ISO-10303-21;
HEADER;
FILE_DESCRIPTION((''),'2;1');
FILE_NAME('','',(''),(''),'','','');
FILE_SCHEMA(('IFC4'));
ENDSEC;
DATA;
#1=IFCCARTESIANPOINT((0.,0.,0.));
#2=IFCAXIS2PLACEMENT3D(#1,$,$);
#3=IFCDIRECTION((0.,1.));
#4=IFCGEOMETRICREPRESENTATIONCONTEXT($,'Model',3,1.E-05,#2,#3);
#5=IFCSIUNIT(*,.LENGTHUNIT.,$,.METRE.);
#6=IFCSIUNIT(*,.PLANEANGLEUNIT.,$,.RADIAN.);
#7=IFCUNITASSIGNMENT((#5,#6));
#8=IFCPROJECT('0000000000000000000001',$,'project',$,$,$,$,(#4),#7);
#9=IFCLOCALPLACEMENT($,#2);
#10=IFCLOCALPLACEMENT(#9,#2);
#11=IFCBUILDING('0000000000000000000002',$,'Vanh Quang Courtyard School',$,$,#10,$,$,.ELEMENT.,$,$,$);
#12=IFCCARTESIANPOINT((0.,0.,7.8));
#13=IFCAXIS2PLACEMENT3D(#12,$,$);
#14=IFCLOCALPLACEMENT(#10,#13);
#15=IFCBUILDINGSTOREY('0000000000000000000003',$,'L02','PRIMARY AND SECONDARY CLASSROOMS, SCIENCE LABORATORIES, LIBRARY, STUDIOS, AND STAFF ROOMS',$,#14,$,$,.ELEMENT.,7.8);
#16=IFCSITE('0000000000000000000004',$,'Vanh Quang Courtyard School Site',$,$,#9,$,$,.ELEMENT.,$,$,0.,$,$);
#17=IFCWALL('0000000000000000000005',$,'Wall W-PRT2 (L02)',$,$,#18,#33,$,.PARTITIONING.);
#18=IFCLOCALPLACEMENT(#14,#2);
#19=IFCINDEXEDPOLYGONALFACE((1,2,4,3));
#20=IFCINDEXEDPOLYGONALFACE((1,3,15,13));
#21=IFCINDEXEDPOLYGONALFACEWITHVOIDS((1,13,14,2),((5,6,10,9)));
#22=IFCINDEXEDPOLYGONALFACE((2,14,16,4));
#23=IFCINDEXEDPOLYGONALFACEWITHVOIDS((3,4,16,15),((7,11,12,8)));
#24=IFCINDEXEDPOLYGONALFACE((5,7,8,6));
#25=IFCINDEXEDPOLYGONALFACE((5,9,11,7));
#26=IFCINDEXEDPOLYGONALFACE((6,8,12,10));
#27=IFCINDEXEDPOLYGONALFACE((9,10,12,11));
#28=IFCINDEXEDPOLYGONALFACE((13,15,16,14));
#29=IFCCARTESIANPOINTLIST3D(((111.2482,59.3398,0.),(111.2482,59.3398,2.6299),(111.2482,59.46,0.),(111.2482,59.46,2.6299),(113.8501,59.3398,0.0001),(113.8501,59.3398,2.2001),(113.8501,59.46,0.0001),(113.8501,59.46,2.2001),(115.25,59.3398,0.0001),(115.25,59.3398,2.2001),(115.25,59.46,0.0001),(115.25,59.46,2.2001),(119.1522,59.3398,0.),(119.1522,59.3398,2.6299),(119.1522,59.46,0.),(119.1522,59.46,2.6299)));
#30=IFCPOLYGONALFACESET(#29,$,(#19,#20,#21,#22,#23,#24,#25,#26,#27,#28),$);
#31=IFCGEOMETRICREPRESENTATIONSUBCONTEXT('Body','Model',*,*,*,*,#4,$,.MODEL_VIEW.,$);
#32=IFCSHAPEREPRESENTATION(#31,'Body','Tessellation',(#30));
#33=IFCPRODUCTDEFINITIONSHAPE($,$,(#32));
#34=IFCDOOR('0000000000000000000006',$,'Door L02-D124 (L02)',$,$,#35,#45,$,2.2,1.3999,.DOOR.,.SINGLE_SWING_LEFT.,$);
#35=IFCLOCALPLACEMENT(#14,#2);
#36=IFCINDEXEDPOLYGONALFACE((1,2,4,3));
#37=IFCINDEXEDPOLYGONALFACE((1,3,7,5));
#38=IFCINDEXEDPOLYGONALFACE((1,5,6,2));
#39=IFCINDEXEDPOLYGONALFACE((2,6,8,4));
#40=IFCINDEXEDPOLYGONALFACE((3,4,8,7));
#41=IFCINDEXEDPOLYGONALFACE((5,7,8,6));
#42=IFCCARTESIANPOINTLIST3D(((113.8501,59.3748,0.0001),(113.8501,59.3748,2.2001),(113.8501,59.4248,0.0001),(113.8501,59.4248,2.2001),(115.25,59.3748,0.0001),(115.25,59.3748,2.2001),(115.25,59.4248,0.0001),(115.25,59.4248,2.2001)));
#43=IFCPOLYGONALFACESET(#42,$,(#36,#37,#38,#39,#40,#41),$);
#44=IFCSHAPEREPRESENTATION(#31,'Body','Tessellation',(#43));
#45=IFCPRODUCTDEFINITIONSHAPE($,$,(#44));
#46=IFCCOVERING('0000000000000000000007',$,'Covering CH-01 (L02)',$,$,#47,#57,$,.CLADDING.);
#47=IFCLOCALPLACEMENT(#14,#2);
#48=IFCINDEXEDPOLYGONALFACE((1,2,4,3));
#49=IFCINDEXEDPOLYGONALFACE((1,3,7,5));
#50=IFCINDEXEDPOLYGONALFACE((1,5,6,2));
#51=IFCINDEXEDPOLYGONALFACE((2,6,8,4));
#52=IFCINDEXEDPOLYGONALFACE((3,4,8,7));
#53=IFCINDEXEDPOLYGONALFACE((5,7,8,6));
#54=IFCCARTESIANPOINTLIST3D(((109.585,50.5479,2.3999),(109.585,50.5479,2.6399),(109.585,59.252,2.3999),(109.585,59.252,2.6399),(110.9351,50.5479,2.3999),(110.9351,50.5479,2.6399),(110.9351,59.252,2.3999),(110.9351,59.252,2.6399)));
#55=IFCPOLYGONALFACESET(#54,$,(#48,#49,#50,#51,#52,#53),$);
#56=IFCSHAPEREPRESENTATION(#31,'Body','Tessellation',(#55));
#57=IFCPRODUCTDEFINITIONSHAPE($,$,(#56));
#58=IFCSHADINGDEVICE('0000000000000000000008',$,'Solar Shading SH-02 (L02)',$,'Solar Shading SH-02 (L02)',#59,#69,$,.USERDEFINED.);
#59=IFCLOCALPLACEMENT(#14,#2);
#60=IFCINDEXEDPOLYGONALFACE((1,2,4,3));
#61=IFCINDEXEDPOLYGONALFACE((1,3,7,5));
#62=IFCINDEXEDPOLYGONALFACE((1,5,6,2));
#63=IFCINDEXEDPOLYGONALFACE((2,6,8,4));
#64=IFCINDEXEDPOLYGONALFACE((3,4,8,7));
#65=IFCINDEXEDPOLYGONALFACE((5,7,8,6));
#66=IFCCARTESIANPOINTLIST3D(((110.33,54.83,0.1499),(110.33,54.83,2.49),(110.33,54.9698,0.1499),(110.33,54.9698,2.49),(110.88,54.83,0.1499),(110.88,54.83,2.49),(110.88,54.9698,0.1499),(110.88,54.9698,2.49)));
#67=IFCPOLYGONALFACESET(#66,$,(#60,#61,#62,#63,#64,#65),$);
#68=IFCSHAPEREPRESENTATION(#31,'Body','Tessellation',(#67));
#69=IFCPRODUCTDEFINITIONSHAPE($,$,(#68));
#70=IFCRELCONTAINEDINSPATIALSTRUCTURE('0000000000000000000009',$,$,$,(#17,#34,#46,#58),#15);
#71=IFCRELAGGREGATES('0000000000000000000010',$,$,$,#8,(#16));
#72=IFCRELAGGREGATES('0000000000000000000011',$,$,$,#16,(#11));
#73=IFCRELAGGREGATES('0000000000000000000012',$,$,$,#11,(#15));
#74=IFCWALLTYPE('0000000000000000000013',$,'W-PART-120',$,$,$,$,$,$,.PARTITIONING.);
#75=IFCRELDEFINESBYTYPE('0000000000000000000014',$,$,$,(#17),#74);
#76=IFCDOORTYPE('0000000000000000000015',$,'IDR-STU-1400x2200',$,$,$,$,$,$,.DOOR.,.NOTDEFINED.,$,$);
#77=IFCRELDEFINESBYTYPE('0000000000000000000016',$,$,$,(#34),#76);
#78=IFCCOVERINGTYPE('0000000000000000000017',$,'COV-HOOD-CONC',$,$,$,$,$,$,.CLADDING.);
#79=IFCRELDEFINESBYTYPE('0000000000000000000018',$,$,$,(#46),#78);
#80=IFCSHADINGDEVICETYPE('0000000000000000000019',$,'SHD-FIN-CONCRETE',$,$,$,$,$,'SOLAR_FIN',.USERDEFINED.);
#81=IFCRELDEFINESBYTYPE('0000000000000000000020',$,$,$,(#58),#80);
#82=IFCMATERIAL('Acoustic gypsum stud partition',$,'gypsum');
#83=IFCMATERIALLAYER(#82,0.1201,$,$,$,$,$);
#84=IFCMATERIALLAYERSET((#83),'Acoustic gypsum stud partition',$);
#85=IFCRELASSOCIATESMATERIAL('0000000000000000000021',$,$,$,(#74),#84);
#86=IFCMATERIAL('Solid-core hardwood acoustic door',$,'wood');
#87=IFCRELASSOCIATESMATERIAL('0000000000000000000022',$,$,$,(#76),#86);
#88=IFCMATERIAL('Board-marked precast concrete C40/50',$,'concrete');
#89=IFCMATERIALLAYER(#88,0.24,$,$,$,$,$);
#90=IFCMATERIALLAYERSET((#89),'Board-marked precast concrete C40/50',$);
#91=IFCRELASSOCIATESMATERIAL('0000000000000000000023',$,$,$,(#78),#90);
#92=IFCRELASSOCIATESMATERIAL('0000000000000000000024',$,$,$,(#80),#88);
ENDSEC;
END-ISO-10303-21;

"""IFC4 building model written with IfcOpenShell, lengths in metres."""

from ifc_helpers import new_model, si_unit, direction, frame, frame_2d, origin, origin_2d, place, context, subcontext, project, spatial, rectangle, extrude, material, layer, layer_set, type_object, element, fill, save


model = new_model("IFC4")

# Units and contexts
model_context = context("Model", 3, precision=1e-05, world=origin(), true_north=direction((0.0, 1.0)))
body_context = subcontext(model_context, "Body", "Model", "MODEL_VIEW")
ifc_project = project(units=[si_unit("LENGTHUNIT", "METRE"), si_unit("PLANEANGLEUNIT", "RADIAN")], contexts=[model_context])

# Site, building, storey
site_placement = place(None, origin())
site = spatial("IfcSite", under=ifc_project, at=site_placement, Name="Vanh Quang Courtyard School Site", CompositionType="ELEMENT", RefElevation=0.0)
building_placement = place(site_placement, origin())
building = spatial("IfcBuilding", under=site, at=building_placement, Name="Vanh Quang Courtyard School", CompositionType="ELEMENT")
storey_placement = place(building_placement, frame((0.0, 0.0, 7.8)))
storey = spatial("IfcBuildingStorey", under=building, at=storey_placement, Name="L02", Description="PRIMARY AND SECONDARY CLASSROOMS, SCIENCE LABORATORIES, LIBRARY, STUDIOS, AND STAFF ROOMS", CompositionType="ELEMENT", Elevation=7.8)

# Wall, opening, door
ifc_material_1 = material(Name="Acoustic gypsum stud partition", Category="gypsum")
ifc_layer_1 = layer(ifc_material_1, 0.1201)
ifc_layer_set_1 = layer_set([ifc_layer_1], Name="Acoustic gypsum stud partition")
wall_type = type_object("IfcWallType", Name="W-PART-120", PredefinedType="PARTITIONING", material=ifc_layer_set_1)
wall_placement = place(storey_placement, frame((111.248, 59.3999, 0.0), z_axis=(0.0, 0.0, 1.0), x_axis=(1.0, 0.0, 0.0)))
wall = element("IfcWall", 1, at=wall_placement, inside=storey, type_object=wall_type, Name="Wall W-PRT2 (L02)", PredefinedType="PARTITIONING", context=body_context, shape_type="SweptSolid", body=[
    extrude(rectangle(XDim=7.9041, YDim=0.1201, at=frame_2d((3.9521, 0.0))), origin(), (0.0, 0.0, 1.0), 2.6299),
])
opening_placement = place(wall_placement, frame((2.6021, 0.0, 0.0)))
opening = element("IfcOpeningElement", 2, at=opening_placement, cuts=wall, PredefinedType="OPENING", context=body_context, shape_type="SweptSolid", body=[
    extrude(rectangle(XDim=1.3999, YDim=2.2, at=frame_2d((0.7, 1.1001))), frame((0.0, 0.0701, 0.0), z_axis=(0.0, -1.0, 0.0), x_axis=(1.0, 0.0, 0.0)), (0.0, 0.0, 1.0), 0.1401),
])
ifc_material_2 = material(Name="Solid-core hardwood acoustic door", Category="wood")
door_type = type_object("IfcDoorType", Name="IDR-STU-1400x2200", OperationType="NOTDEFINED", PredefinedType="DOOR", material=ifc_material_2)
door_placement = place(opening_placement, origin())
door = element("IfcDoor", 3, at=door_placement, inside=storey, type_object=door_type, Name="Door L02-D124 (L02)", OperationType="SINGLE_SWING_LEFT", OverallHeight=2.2, OverallWidth=1.3999, PredefinedType="DOOR", context=body_context, shape_type="SweptSolid", body=[
    extrude(rectangle(XDim=1.3999, YDim=2.2, at=frame_2d((0.7, 1.1001))), frame((0.0, 0.0249, 0.0), z_axis=(0.0, -1.0, 0.0), x_axis=(1.0, 0.0, 0.0)), (0.0, 0.0, 1.0), 0.05),
])
fill(opening, door)

# Covering
ifc_material_3 = material(Name="Board-marked precast concrete C40/50", Category="concrete")
ifc_layer_2 = layer(ifc_material_3, 0.24)
ifc_layer_set_2 = layer_set([ifc_layer_2], Name="Board-marked precast concrete C40/50")
covering_type = type_object("IfcCoveringType", Name="COV-HOOD-CONC", PredefinedType="CLADDING", material=ifc_layer_set_2)
covering_placement = place(storey_placement, frame((110.26, 54.8999, 2.3999), z_axis=(0.0, 0.0, 1.0), x_axis=(0.0, 1.0, 0.0)))
element("IfcCovering", 4, at=covering_placement, inside=storey, type_object=covering_type, Name="Covering CH-01 (L02)", PredefinedType="CLADDING", context=body_context, shape_type="SweptSolid", body=[
    extrude(rectangle(XDim=8.7041, YDim=1.3501, at=origin_2d()), origin(), (0.0, 0.0, 1.0), 0.24),
])

# Shading device
shading_device_type = type_object("IfcShadingDeviceType", Name="SHD-FIN-CONCRETE", ElementType="SOLAR_FIN", PredefinedType="USERDEFINED", material=ifc_material_3)
shading_device_placement = place(storey_placement, frame((110.605, 54.8999, 0.1499), z_axis=(0.0, 0.0, 1.0), x_axis=(0.0, 1.0, 0.0)))
element("IfcShadingDevice", 5, at=shading_device_placement, inside=storey, type_object=shading_device_type, Name="Solar Shading SH-02 (L02)", ObjectType="Solar Shading SH-02 (L02)", PredefinedType="USERDEFINED", context=body_context, shape_type="SweptSolid", body=[
    extrude(rectangle(XDim=0.1399, YDim=0.55, at=origin_2d()), origin(), (0.0, 0.0, 1.0), 2.3401),
])

save(model, "model.ifc")
